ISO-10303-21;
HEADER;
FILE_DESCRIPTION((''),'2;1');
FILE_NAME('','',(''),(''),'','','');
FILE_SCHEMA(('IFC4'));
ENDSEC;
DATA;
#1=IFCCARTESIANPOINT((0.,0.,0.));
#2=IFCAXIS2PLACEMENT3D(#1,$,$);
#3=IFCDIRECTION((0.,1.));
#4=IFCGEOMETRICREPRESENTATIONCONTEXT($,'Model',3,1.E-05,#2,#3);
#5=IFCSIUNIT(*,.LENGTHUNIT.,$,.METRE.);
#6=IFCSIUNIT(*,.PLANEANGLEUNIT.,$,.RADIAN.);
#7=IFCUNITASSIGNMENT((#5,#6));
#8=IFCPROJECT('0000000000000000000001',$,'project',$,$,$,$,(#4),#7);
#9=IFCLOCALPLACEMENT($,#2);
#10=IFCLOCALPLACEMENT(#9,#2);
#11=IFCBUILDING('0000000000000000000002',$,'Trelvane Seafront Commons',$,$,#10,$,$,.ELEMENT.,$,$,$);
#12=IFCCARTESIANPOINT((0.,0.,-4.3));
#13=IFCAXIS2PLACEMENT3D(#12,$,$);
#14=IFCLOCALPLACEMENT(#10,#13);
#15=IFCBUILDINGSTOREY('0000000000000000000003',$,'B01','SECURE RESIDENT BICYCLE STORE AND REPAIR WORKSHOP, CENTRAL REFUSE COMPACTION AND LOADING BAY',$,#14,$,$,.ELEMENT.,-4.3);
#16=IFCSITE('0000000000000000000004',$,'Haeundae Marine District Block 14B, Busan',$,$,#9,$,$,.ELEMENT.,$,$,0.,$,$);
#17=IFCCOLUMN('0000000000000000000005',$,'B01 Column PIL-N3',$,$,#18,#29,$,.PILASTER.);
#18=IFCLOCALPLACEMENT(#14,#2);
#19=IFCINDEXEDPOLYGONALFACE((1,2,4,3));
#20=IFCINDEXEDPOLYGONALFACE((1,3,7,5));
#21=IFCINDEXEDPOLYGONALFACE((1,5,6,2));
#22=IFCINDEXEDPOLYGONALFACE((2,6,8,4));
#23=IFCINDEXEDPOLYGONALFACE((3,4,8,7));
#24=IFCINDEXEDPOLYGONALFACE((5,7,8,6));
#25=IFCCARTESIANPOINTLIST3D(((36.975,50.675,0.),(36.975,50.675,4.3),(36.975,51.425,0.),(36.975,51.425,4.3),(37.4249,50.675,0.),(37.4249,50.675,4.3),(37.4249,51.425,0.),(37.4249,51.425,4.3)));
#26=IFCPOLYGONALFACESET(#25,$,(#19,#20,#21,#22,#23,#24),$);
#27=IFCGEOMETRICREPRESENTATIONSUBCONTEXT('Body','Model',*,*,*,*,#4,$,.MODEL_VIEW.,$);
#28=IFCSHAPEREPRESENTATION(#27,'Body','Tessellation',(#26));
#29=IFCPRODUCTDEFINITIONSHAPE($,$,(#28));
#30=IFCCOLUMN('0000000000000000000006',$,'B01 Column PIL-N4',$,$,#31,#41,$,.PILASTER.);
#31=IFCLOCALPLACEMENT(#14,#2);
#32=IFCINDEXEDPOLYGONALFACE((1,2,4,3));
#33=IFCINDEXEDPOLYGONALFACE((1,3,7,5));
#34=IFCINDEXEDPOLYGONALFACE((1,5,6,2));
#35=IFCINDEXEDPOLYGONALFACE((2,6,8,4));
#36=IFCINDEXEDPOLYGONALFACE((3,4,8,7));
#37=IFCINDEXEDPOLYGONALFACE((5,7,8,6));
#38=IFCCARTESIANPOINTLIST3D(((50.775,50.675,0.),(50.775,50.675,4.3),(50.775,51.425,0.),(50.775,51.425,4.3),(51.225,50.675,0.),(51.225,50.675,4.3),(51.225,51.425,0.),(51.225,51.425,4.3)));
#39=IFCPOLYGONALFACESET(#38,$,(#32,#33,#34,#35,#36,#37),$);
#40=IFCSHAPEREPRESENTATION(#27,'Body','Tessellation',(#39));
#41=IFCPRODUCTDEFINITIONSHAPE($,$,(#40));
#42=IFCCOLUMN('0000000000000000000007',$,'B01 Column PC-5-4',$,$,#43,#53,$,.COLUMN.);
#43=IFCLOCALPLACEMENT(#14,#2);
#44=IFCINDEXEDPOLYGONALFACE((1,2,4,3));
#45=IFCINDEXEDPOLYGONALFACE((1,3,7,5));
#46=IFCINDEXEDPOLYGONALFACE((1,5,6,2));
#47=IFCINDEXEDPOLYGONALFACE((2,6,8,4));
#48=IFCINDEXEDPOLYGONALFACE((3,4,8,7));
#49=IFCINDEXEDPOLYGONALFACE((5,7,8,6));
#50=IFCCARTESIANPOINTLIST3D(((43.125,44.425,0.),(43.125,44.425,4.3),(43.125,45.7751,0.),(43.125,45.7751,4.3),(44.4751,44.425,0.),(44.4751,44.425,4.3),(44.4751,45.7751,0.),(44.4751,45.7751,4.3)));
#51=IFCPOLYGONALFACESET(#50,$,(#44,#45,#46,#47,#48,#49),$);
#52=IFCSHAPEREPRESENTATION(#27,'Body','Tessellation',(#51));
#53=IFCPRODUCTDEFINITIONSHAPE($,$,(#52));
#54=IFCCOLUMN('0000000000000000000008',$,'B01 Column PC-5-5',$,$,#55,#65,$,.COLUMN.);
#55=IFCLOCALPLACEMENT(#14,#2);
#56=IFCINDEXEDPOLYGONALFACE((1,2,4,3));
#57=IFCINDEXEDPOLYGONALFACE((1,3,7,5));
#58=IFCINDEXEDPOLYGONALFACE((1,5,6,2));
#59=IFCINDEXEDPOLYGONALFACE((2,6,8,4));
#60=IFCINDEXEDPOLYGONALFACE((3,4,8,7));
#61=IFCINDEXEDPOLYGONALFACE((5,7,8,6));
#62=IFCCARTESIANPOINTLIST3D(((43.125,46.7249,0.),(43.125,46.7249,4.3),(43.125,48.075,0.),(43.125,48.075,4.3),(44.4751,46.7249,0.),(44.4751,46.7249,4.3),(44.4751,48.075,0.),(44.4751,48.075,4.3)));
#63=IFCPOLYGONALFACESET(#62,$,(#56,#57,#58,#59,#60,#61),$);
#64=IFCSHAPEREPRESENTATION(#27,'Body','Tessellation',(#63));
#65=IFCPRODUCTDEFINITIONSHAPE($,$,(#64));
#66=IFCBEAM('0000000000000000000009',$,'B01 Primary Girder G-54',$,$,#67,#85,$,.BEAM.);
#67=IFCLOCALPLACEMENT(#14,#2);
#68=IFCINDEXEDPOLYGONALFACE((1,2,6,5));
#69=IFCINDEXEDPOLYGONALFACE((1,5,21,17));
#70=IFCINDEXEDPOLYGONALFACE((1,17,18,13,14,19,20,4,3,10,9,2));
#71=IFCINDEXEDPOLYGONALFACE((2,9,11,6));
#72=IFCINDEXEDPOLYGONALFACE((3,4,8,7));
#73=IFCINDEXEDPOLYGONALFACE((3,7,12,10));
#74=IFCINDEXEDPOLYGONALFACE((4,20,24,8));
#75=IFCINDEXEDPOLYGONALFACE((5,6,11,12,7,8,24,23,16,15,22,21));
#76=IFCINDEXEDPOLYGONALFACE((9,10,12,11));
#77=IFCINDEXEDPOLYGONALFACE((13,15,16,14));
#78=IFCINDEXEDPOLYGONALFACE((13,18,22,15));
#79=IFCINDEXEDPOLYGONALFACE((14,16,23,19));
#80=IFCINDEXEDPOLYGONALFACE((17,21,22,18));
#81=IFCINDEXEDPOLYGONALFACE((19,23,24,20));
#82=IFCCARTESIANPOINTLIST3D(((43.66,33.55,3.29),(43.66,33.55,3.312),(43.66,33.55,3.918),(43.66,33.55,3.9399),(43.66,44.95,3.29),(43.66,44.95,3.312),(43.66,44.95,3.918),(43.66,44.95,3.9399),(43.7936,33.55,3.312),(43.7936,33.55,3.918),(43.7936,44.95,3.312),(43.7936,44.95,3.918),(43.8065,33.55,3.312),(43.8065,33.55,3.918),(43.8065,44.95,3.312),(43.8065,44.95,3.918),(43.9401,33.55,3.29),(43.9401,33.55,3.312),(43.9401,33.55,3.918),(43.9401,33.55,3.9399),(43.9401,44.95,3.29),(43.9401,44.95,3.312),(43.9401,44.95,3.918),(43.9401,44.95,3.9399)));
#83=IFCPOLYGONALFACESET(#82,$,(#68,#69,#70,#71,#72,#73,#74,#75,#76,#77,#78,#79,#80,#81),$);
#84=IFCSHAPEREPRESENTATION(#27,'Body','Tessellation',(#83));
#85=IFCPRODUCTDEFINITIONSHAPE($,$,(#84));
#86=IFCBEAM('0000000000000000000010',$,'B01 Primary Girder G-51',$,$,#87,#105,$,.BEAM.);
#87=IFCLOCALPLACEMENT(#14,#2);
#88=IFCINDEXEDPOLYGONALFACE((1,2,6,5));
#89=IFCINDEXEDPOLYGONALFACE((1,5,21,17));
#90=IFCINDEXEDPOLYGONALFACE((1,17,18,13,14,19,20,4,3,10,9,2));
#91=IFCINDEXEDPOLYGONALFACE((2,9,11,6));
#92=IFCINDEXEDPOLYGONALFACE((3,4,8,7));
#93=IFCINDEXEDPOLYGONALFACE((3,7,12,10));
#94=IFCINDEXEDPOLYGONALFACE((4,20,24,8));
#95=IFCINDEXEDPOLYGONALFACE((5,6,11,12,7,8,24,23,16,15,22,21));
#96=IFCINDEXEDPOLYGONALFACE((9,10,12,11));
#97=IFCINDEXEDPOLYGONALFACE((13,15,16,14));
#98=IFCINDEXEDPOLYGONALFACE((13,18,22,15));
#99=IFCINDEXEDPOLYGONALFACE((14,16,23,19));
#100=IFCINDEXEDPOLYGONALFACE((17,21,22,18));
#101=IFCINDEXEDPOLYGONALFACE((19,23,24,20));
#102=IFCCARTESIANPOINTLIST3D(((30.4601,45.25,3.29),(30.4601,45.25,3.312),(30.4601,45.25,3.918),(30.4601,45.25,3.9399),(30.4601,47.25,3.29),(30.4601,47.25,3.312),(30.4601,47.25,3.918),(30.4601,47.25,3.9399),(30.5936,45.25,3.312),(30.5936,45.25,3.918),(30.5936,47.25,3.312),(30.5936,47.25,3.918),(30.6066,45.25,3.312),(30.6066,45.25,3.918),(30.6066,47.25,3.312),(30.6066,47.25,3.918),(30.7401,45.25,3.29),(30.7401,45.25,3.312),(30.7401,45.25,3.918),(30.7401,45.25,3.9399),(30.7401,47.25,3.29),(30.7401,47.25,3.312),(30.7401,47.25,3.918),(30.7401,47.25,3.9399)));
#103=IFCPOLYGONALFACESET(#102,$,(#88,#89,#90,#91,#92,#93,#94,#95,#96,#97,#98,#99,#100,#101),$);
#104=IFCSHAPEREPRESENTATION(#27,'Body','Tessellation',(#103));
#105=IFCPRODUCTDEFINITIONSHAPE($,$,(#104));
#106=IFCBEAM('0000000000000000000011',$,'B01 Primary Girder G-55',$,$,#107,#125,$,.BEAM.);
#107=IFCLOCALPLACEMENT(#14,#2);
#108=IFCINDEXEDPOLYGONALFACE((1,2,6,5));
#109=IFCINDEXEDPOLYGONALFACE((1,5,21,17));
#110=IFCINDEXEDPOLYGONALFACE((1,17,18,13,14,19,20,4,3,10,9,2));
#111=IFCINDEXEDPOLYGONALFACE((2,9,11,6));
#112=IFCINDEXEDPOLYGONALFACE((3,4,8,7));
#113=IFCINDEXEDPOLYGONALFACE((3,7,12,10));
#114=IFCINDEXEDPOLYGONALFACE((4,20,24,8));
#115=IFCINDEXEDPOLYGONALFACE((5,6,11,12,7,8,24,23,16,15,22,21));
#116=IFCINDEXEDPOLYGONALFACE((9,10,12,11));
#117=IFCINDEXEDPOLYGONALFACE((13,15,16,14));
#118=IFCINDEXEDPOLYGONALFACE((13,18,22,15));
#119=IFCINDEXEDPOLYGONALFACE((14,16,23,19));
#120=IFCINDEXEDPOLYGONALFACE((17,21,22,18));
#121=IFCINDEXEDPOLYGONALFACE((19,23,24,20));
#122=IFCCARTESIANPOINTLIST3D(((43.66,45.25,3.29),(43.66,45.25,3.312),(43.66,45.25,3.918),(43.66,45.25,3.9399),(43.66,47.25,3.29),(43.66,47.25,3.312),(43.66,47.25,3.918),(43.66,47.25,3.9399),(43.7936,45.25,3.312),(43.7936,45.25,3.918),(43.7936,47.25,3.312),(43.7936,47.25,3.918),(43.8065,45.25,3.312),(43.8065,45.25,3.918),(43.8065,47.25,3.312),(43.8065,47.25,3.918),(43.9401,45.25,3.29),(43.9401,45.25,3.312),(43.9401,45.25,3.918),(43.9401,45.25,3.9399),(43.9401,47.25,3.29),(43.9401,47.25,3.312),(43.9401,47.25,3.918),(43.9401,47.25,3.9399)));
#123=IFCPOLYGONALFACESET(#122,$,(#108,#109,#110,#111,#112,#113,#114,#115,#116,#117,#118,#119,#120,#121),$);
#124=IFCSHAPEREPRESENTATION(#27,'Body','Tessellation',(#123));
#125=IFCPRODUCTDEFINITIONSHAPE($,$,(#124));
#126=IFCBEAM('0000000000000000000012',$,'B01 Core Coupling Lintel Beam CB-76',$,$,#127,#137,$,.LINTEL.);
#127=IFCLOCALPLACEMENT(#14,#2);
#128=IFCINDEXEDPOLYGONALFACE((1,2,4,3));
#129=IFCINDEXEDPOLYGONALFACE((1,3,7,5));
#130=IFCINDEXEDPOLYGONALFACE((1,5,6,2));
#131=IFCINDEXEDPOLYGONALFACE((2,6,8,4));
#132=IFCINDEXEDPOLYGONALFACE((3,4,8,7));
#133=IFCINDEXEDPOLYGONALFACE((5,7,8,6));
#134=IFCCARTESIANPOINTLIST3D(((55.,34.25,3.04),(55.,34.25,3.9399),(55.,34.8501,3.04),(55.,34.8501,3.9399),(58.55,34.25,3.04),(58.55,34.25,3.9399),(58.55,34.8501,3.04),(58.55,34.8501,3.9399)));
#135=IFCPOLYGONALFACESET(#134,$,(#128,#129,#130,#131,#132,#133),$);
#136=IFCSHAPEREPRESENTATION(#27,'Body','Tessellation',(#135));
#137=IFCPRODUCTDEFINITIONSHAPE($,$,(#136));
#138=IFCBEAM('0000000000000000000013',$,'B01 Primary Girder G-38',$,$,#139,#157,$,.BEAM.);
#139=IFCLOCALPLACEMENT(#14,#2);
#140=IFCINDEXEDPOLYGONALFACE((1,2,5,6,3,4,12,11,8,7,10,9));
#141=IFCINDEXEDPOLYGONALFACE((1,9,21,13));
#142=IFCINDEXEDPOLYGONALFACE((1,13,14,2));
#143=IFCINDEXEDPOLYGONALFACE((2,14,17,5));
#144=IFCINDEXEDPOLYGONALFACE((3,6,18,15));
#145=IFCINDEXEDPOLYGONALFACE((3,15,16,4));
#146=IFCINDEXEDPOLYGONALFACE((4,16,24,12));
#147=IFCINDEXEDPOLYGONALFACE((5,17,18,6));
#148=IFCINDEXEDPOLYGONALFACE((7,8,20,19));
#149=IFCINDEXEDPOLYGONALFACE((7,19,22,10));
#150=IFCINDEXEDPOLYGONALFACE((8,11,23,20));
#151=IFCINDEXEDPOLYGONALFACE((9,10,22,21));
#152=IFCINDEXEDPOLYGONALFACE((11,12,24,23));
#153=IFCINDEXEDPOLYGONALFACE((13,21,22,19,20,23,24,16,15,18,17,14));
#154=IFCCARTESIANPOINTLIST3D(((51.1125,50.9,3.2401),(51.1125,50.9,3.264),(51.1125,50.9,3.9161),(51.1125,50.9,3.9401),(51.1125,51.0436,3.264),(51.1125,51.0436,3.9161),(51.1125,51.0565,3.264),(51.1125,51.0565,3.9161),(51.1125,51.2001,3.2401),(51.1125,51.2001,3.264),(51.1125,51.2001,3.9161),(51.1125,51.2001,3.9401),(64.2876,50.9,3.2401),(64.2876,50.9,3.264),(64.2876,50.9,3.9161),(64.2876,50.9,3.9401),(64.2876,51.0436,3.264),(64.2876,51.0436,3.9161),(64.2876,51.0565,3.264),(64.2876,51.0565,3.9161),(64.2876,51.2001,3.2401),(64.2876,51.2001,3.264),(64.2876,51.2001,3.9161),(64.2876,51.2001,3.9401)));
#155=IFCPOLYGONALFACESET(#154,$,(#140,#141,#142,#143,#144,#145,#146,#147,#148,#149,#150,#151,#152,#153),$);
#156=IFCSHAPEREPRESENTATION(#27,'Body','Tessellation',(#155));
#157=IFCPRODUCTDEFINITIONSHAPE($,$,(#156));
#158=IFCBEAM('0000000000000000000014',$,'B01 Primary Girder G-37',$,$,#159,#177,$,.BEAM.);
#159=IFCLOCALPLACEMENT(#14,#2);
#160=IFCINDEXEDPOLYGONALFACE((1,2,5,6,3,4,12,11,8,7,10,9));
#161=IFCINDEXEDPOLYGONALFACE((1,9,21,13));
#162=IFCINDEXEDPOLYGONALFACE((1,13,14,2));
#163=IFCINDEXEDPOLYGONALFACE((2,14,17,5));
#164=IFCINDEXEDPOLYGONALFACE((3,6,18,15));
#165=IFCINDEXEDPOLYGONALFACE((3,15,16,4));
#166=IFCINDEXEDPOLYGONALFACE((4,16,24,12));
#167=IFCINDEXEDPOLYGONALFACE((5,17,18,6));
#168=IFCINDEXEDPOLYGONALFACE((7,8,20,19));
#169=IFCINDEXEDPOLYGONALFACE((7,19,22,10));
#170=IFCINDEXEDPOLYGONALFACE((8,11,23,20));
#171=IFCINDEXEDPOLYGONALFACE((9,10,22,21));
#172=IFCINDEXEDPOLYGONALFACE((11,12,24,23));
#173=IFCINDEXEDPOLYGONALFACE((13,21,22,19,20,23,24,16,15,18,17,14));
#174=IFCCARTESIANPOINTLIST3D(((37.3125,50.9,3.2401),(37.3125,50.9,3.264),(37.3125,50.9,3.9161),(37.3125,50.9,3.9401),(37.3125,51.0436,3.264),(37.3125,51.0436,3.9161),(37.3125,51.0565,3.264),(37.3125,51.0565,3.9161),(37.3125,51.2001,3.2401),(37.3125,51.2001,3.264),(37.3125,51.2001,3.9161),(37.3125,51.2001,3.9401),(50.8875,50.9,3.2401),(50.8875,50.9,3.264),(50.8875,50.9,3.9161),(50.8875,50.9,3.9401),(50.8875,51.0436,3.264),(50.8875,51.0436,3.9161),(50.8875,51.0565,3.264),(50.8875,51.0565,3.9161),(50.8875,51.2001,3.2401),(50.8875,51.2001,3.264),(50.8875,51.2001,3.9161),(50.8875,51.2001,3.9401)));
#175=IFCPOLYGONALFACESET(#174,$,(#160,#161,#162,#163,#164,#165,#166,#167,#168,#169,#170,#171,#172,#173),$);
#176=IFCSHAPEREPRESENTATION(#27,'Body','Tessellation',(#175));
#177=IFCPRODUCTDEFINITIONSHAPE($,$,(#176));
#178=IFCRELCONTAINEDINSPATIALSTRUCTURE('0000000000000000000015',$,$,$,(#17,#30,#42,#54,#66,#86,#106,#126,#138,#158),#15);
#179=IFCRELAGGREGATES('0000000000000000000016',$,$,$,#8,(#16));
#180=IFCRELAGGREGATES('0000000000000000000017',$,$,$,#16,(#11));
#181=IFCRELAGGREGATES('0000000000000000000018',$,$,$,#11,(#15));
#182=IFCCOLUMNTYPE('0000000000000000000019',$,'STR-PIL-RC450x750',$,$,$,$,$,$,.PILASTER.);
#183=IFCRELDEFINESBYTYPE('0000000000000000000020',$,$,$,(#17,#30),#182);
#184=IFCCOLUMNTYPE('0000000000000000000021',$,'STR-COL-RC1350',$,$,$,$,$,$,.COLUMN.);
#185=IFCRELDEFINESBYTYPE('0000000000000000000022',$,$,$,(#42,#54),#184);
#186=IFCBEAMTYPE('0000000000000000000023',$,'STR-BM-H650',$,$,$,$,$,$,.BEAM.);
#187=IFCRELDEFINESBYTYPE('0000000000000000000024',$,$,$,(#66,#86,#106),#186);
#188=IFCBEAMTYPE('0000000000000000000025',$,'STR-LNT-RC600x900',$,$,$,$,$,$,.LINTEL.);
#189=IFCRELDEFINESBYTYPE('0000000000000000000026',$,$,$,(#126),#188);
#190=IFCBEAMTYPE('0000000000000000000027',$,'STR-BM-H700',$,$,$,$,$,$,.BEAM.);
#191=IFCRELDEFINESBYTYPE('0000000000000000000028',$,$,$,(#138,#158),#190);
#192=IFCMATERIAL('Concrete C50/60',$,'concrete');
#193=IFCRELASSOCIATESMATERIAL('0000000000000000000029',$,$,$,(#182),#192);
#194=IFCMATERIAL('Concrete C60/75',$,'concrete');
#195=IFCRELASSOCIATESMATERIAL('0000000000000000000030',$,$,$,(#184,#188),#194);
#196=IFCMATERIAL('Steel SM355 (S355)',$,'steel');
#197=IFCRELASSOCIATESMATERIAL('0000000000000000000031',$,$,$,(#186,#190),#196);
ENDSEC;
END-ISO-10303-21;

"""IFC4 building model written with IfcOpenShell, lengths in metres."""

from ifc_helpers import new_model, si_unit, direction, frame, origin, origin_2d, place, context, subcontext, project, spatial, rectangle, i_section, extrude, source, transform, mapped, material, material_profile, profile_set, type_object, element, save


model = new_model("IFC4")

# Units and contexts
model_context = context("Model", 3, precision=1e-05, world=origin(), true_north=direction((0.0, 1.0)))
body_context = subcontext(model_context, "Body", "Model", "MODEL_VIEW")
ifc_project = project(units=[si_unit("LENGTHUNIT", "METRE"), si_unit("PLANEANGLEUNIT", "RADIAN")], contexts=[model_context])

# Site, building, storey
site_placement = place(None, origin())
site = spatial("IfcSite", under=ifc_project, at=site_placement, Name="Haeundae Marine District Block 14B, Busan", CompositionType="ELEMENT", RefElevation=0.0)
building_placement = place(site_placement, origin())
building = spatial("IfcBuilding", under=site, at=building_placement, Name="Trelvane Seafront Commons", CompositionType="ELEMENT")
storey_placement = place(building_placement, frame((0.0, 0.0, -4.3)))
storey = spatial("IfcBuildingStorey", under=building, at=storey_placement, Name="B01", Description="SECURE RESIDENT BICYCLE STORE AND REPAIR WORKSHOP, CENTRAL REFUSE COMPACTION AND LOADING BAY", CompositionType="ELEMENT", Elevation=-4.3)

# Columns
ifc_material_1 = material(Name="Concrete C50/60", Category="concrete")
ifc_material_profile_1 = material_profile(ifc_material_1, rectangle(XDim=0.45, YDim=0.75, at=origin_2d()), Name="RC-450x750")
ifc_profile_set_1 = profile_set([ifc_material_profile_1], Name="Concrete C50/60")
column_type_1 = type_object("IfcColumnType", Name="STR-PIL-RC450x750", PredefinedType="PILASTER", material=ifc_profile_set_1)
shared_shape_1 = source(origin(), body_context, "Body", "SweptSolid", [
    extrude(rectangle(XDim=0.45, YDim=0.75, at=origin_2d()), origin(), (0.0, 0.0, 1.0), 4.3),
])
for number, where, z_axis, x_axis, name in (
    (1, (37.2, 51.05, 0.0), (0.0, 0.0, 1.0), (1.0, 0.0, 0.0), "B01 Column PIL-N3"),
    (2, (51.0, 51.05, 0.0), (0.0, 0.0, 1.0), (1.0, 0.0, 0.0), "B01 Column PIL-N4"),
):
    element("IfcColumn", number, at=place(storey_placement, frame(where, z_axis=z_axis, x_axis=x_axis)), inside=storey, type_object=column_type_1, Name=name, PredefinedType="PILASTER", context=body_context, shape_type="MappedRepresentation", body=[
        mapped(shared_shape_1, transform((0.0, 0.0, 0.0), x_axis=(1.0, 0.0, 0.0), y_axis=(0.0, 1.0, 0.0), z_axis=(0.0, 0.0, 1.0), scale=1.0)),
    ])
ifc_material_2 = material(Name="Concrete C60/75", Category="concrete")
ifc_material_profile_2 = material_profile(ifc_material_2, rectangle(XDim=1.3501, YDim=1.3501, at=origin_2d()), Name="RC-1350x1350")
ifc_profile_set_2 = profile_set([ifc_material_profile_2], Name="Concrete C60/75")
column_type_2 = type_object("IfcColumnType", Name="STR-COL-RC1350", PredefinedType="COLUMN", material=ifc_profile_set_2)
shared_shape_2 = source(origin(), body_context, "Body", "SweptSolid", [
    extrude(rectangle(XDim=1.3501, YDim=1.3501, at=origin_2d()), origin(), (0.0, 0.0, 1.0), 4.3),
])
for number, where, z_axis, x_axis, name in (
    (3, (43.8, 45.1001, 0.0), (0.0, 0.0, 1.0), (1.0, 0.0, 0.0), "B01 Column PC-5-4"),
    (4, (43.8, 47.3999, 0.0), (0.0, 0.0, 1.0), (1.0, 0.0, 0.0), "B01 Column PC-5-5"),
):
    element("IfcColumn", number, at=place(storey_placement, frame(where, z_axis=z_axis, x_axis=x_axis)), inside=storey, type_object=column_type_2, Name=name, PredefinedType="COLUMN", context=body_context, shape_type="MappedRepresentation", body=[
        mapped(shared_shape_2, transform((0.0, 0.0, 0.0), x_axis=(1.0, 0.0, 0.0), y_axis=(0.0, 1.0, 0.0), z_axis=(0.0, 0.0, 1.0), scale=1.0)),
    ])

# Beams
ifc_material_3 = material(Name="Steel SM355 (S355)", Category="steel")
ifc_material_profile_3 = material_profile(ifc_material_3, i_section(OverallWidth=0.28, OverallDepth=0.6499, WebThickness=0.0129, FlangeThickness=0.022, at=origin_2d()), Name="H-650x280x13x22")
ifc_profile_set_3 = profile_set([ifc_material_profile_3], Name="Steel SM355 (S355)")
beam_type_1 = type_object("IfcBeamType", Name="STR-BM-H650", PredefinedType="BEAM", material=ifc_profile_set_3)
shared_shape_3 = source(origin(), body_context, "Body", "SweptSolid", [
    extrude(i_section(OverallWidth=0.28, OverallDepth=0.6499, WebThickness=0.0129, FlangeThickness=0.022, at=origin_2d()), origin(), (0.0, 0.0, 1.0), 11.3999),
])
beam_1_placement = place(storey_placement, frame((43.8, 33.55, 3.615), z_axis=(0.0, 1.0, 0.0), x_axis=(-1.0, 0.0, 0.0)))
element("IfcBeam", 5, at=beam_1_placement, inside=storey, type_object=beam_type_1, Name="B01 Primary Girder G-54", PredefinedType="BEAM", context=body_context, shape_type="MappedRepresentation", body=[
    mapped(shared_shape_3, transform((0.0, 0.0, 0.0), x_axis=(1.0, 0.0, 0.0), y_axis=(0.0, 1.0, 0.0), z_axis=(0.0, 0.0, 1.0), scale=1.0)),
])
shared_shape_4 = source(origin(), body_context, "Body", "SweptSolid", [
    extrude(i_section(OverallWidth=0.28, OverallDepth=0.6499, WebThickness=0.0129, FlangeThickness=0.022, at=origin_2d()), origin(), (0.0, 0.0, 1.0), 2.0),
])
for number, where, z_axis, x_axis, name in (
    (6, (30.6001, 45.25, 3.615), (0.0, 1.0, 0.0), (-1.0, 0.0, 0.0), "B01 Primary Girder G-51"),
    (7, (43.8, 45.25, 3.615), (0.0, 1.0, 0.0), (-1.0, 0.0, 0.0), "B01 Primary Girder G-55"),
):
    element("IfcBeam", number, at=place(storey_placement, frame(where, z_axis=z_axis, x_axis=x_axis)), inside=storey, type_object=beam_type_1, Name=name, PredefinedType="BEAM", context=body_context, shape_type="MappedRepresentation", body=[
        mapped(shared_shape_4, transform((0.0, 0.0, 0.0), x_axis=(1.0, 0.0, 0.0), y_axis=(0.0, 1.0, 0.0), z_axis=(0.0, 0.0, 1.0), scale=1.0)),
    ])
ifc_material_profile_4 = material_profile(ifc_material_2, rectangle(XDim=0.6001, YDim=0.8999, at=origin_2d()), Name="RC-600x900")
ifc_profile_set_4 = profile_set([ifc_material_profile_4], Name="Concrete C60/75")
beam_type_2 = type_object("IfcBeamType", Name="STR-LNT-RC600x900", PredefinedType="LINTEL", material=ifc_profile_set_4)
shared_shape_5 = source(origin(), body_context, "Body", "SweptSolid", [
    extrude(rectangle(XDim=0.6001, YDim=0.8999, at=origin_2d()), origin(), (0.0, 0.0, 1.0), 3.55),
])
beam_2_placement = place(storey_placement, frame((55.0, 34.55, 3.49), z_axis=(1.0, 0.0, 0.0), x_axis=(0.0, 1.0, 0.0)))
element("IfcBeam", 8, at=beam_2_placement, inside=storey, type_object=beam_type_2, Name="B01 Core Coupling Lintel Beam CB-76", PredefinedType="LINTEL", context=body_context, shape_type="MappedRepresentation", body=[
    mapped(shared_shape_5, transform((0.0, 0.0, 0.0), x_axis=(1.0, 0.0, 0.0), y_axis=(0.0, 1.0, 0.0), z_axis=(0.0, 0.0, 1.0), scale=1.0)),
])
ifc_material_profile_5 = material_profile(ifc_material_3, i_section(OverallWidth=0.3, OverallDepth=0.7, WebThickness=0.0129, FlangeThickness=0.0239, at=origin_2d()), Name="H-700x300x13x24")
ifc_profile_set_5 = profile_set([ifc_material_profile_5], Name="Steel SM355 (S355)")
beam_type_3 = type_object("IfcBeamType", Name="STR-BM-H700", PredefinedType="BEAM", material=ifc_profile_set_5)
shared_shape_6 = source(origin(), body_context, "Body", "SweptSolid", [
    extrude(i_section(OverallWidth=0.3, OverallDepth=0.7, WebThickness=0.0129, FlangeThickness=0.0239, at=origin_2d()), origin(), (0.0, 0.0, 1.0), 13.175),
])
beam_3_placement = place(storey_placement, frame((51.1125, 51.05, 3.5901), z_axis=(1.0, 0.0, 0.0), x_axis=(0.0, 1.0, 0.0)))
element("IfcBeam", 9, at=beam_3_placement, inside=storey, type_object=beam_type_3, Name="B01 Primary Girder G-38", PredefinedType="BEAM", context=body_context, shape_type="MappedRepresentation", body=[
    mapped(shared_shape_6, transform((0.0, 0.0, 0.0), x_axis=(1.0, 0.0, 0.0), y_axis=(0.0, 1.0, 0.0), z_axis=(0.0, 0.0, 1.0), scale=1.0)),
])
shared_shape_7 = source(origin(), body_context, "Body", "SweptSolid", [
    extrude(i_section(OverallWidth=0.3, OverallDepth=0.7, WebThickness=0.0129, FlangeThickness=0.0239, at=origin_2d()), origin(), (0.0, 0.0, 1.0), 13.575),
])
beam_4_placement = place(storey_placement, frame((37.3125, 51.05, 3.5901), z_axis=(1.0, 0.0, 0.0), x_axis=(0.0, 1.0, 0.0)))
element("IfcBeam", 10, at=beam_4_placement, inside=storey, type_object=beam_type_3, Name="B01 Primary Girder G-37", PredefinedType="BEAM", context=body_context, shape_type="MappedRepresentation", body=[
    mapped(shared_shape_7, transform((0.0, 0.0, 0.0), x_axis=(1.0, 0.0, 0.0), y_axis=(0.0, 1.0, 0.0), z_axis=(0.0, 0.0, 1.0), scale=1.0)),
])

save(model, "model.ifc")
